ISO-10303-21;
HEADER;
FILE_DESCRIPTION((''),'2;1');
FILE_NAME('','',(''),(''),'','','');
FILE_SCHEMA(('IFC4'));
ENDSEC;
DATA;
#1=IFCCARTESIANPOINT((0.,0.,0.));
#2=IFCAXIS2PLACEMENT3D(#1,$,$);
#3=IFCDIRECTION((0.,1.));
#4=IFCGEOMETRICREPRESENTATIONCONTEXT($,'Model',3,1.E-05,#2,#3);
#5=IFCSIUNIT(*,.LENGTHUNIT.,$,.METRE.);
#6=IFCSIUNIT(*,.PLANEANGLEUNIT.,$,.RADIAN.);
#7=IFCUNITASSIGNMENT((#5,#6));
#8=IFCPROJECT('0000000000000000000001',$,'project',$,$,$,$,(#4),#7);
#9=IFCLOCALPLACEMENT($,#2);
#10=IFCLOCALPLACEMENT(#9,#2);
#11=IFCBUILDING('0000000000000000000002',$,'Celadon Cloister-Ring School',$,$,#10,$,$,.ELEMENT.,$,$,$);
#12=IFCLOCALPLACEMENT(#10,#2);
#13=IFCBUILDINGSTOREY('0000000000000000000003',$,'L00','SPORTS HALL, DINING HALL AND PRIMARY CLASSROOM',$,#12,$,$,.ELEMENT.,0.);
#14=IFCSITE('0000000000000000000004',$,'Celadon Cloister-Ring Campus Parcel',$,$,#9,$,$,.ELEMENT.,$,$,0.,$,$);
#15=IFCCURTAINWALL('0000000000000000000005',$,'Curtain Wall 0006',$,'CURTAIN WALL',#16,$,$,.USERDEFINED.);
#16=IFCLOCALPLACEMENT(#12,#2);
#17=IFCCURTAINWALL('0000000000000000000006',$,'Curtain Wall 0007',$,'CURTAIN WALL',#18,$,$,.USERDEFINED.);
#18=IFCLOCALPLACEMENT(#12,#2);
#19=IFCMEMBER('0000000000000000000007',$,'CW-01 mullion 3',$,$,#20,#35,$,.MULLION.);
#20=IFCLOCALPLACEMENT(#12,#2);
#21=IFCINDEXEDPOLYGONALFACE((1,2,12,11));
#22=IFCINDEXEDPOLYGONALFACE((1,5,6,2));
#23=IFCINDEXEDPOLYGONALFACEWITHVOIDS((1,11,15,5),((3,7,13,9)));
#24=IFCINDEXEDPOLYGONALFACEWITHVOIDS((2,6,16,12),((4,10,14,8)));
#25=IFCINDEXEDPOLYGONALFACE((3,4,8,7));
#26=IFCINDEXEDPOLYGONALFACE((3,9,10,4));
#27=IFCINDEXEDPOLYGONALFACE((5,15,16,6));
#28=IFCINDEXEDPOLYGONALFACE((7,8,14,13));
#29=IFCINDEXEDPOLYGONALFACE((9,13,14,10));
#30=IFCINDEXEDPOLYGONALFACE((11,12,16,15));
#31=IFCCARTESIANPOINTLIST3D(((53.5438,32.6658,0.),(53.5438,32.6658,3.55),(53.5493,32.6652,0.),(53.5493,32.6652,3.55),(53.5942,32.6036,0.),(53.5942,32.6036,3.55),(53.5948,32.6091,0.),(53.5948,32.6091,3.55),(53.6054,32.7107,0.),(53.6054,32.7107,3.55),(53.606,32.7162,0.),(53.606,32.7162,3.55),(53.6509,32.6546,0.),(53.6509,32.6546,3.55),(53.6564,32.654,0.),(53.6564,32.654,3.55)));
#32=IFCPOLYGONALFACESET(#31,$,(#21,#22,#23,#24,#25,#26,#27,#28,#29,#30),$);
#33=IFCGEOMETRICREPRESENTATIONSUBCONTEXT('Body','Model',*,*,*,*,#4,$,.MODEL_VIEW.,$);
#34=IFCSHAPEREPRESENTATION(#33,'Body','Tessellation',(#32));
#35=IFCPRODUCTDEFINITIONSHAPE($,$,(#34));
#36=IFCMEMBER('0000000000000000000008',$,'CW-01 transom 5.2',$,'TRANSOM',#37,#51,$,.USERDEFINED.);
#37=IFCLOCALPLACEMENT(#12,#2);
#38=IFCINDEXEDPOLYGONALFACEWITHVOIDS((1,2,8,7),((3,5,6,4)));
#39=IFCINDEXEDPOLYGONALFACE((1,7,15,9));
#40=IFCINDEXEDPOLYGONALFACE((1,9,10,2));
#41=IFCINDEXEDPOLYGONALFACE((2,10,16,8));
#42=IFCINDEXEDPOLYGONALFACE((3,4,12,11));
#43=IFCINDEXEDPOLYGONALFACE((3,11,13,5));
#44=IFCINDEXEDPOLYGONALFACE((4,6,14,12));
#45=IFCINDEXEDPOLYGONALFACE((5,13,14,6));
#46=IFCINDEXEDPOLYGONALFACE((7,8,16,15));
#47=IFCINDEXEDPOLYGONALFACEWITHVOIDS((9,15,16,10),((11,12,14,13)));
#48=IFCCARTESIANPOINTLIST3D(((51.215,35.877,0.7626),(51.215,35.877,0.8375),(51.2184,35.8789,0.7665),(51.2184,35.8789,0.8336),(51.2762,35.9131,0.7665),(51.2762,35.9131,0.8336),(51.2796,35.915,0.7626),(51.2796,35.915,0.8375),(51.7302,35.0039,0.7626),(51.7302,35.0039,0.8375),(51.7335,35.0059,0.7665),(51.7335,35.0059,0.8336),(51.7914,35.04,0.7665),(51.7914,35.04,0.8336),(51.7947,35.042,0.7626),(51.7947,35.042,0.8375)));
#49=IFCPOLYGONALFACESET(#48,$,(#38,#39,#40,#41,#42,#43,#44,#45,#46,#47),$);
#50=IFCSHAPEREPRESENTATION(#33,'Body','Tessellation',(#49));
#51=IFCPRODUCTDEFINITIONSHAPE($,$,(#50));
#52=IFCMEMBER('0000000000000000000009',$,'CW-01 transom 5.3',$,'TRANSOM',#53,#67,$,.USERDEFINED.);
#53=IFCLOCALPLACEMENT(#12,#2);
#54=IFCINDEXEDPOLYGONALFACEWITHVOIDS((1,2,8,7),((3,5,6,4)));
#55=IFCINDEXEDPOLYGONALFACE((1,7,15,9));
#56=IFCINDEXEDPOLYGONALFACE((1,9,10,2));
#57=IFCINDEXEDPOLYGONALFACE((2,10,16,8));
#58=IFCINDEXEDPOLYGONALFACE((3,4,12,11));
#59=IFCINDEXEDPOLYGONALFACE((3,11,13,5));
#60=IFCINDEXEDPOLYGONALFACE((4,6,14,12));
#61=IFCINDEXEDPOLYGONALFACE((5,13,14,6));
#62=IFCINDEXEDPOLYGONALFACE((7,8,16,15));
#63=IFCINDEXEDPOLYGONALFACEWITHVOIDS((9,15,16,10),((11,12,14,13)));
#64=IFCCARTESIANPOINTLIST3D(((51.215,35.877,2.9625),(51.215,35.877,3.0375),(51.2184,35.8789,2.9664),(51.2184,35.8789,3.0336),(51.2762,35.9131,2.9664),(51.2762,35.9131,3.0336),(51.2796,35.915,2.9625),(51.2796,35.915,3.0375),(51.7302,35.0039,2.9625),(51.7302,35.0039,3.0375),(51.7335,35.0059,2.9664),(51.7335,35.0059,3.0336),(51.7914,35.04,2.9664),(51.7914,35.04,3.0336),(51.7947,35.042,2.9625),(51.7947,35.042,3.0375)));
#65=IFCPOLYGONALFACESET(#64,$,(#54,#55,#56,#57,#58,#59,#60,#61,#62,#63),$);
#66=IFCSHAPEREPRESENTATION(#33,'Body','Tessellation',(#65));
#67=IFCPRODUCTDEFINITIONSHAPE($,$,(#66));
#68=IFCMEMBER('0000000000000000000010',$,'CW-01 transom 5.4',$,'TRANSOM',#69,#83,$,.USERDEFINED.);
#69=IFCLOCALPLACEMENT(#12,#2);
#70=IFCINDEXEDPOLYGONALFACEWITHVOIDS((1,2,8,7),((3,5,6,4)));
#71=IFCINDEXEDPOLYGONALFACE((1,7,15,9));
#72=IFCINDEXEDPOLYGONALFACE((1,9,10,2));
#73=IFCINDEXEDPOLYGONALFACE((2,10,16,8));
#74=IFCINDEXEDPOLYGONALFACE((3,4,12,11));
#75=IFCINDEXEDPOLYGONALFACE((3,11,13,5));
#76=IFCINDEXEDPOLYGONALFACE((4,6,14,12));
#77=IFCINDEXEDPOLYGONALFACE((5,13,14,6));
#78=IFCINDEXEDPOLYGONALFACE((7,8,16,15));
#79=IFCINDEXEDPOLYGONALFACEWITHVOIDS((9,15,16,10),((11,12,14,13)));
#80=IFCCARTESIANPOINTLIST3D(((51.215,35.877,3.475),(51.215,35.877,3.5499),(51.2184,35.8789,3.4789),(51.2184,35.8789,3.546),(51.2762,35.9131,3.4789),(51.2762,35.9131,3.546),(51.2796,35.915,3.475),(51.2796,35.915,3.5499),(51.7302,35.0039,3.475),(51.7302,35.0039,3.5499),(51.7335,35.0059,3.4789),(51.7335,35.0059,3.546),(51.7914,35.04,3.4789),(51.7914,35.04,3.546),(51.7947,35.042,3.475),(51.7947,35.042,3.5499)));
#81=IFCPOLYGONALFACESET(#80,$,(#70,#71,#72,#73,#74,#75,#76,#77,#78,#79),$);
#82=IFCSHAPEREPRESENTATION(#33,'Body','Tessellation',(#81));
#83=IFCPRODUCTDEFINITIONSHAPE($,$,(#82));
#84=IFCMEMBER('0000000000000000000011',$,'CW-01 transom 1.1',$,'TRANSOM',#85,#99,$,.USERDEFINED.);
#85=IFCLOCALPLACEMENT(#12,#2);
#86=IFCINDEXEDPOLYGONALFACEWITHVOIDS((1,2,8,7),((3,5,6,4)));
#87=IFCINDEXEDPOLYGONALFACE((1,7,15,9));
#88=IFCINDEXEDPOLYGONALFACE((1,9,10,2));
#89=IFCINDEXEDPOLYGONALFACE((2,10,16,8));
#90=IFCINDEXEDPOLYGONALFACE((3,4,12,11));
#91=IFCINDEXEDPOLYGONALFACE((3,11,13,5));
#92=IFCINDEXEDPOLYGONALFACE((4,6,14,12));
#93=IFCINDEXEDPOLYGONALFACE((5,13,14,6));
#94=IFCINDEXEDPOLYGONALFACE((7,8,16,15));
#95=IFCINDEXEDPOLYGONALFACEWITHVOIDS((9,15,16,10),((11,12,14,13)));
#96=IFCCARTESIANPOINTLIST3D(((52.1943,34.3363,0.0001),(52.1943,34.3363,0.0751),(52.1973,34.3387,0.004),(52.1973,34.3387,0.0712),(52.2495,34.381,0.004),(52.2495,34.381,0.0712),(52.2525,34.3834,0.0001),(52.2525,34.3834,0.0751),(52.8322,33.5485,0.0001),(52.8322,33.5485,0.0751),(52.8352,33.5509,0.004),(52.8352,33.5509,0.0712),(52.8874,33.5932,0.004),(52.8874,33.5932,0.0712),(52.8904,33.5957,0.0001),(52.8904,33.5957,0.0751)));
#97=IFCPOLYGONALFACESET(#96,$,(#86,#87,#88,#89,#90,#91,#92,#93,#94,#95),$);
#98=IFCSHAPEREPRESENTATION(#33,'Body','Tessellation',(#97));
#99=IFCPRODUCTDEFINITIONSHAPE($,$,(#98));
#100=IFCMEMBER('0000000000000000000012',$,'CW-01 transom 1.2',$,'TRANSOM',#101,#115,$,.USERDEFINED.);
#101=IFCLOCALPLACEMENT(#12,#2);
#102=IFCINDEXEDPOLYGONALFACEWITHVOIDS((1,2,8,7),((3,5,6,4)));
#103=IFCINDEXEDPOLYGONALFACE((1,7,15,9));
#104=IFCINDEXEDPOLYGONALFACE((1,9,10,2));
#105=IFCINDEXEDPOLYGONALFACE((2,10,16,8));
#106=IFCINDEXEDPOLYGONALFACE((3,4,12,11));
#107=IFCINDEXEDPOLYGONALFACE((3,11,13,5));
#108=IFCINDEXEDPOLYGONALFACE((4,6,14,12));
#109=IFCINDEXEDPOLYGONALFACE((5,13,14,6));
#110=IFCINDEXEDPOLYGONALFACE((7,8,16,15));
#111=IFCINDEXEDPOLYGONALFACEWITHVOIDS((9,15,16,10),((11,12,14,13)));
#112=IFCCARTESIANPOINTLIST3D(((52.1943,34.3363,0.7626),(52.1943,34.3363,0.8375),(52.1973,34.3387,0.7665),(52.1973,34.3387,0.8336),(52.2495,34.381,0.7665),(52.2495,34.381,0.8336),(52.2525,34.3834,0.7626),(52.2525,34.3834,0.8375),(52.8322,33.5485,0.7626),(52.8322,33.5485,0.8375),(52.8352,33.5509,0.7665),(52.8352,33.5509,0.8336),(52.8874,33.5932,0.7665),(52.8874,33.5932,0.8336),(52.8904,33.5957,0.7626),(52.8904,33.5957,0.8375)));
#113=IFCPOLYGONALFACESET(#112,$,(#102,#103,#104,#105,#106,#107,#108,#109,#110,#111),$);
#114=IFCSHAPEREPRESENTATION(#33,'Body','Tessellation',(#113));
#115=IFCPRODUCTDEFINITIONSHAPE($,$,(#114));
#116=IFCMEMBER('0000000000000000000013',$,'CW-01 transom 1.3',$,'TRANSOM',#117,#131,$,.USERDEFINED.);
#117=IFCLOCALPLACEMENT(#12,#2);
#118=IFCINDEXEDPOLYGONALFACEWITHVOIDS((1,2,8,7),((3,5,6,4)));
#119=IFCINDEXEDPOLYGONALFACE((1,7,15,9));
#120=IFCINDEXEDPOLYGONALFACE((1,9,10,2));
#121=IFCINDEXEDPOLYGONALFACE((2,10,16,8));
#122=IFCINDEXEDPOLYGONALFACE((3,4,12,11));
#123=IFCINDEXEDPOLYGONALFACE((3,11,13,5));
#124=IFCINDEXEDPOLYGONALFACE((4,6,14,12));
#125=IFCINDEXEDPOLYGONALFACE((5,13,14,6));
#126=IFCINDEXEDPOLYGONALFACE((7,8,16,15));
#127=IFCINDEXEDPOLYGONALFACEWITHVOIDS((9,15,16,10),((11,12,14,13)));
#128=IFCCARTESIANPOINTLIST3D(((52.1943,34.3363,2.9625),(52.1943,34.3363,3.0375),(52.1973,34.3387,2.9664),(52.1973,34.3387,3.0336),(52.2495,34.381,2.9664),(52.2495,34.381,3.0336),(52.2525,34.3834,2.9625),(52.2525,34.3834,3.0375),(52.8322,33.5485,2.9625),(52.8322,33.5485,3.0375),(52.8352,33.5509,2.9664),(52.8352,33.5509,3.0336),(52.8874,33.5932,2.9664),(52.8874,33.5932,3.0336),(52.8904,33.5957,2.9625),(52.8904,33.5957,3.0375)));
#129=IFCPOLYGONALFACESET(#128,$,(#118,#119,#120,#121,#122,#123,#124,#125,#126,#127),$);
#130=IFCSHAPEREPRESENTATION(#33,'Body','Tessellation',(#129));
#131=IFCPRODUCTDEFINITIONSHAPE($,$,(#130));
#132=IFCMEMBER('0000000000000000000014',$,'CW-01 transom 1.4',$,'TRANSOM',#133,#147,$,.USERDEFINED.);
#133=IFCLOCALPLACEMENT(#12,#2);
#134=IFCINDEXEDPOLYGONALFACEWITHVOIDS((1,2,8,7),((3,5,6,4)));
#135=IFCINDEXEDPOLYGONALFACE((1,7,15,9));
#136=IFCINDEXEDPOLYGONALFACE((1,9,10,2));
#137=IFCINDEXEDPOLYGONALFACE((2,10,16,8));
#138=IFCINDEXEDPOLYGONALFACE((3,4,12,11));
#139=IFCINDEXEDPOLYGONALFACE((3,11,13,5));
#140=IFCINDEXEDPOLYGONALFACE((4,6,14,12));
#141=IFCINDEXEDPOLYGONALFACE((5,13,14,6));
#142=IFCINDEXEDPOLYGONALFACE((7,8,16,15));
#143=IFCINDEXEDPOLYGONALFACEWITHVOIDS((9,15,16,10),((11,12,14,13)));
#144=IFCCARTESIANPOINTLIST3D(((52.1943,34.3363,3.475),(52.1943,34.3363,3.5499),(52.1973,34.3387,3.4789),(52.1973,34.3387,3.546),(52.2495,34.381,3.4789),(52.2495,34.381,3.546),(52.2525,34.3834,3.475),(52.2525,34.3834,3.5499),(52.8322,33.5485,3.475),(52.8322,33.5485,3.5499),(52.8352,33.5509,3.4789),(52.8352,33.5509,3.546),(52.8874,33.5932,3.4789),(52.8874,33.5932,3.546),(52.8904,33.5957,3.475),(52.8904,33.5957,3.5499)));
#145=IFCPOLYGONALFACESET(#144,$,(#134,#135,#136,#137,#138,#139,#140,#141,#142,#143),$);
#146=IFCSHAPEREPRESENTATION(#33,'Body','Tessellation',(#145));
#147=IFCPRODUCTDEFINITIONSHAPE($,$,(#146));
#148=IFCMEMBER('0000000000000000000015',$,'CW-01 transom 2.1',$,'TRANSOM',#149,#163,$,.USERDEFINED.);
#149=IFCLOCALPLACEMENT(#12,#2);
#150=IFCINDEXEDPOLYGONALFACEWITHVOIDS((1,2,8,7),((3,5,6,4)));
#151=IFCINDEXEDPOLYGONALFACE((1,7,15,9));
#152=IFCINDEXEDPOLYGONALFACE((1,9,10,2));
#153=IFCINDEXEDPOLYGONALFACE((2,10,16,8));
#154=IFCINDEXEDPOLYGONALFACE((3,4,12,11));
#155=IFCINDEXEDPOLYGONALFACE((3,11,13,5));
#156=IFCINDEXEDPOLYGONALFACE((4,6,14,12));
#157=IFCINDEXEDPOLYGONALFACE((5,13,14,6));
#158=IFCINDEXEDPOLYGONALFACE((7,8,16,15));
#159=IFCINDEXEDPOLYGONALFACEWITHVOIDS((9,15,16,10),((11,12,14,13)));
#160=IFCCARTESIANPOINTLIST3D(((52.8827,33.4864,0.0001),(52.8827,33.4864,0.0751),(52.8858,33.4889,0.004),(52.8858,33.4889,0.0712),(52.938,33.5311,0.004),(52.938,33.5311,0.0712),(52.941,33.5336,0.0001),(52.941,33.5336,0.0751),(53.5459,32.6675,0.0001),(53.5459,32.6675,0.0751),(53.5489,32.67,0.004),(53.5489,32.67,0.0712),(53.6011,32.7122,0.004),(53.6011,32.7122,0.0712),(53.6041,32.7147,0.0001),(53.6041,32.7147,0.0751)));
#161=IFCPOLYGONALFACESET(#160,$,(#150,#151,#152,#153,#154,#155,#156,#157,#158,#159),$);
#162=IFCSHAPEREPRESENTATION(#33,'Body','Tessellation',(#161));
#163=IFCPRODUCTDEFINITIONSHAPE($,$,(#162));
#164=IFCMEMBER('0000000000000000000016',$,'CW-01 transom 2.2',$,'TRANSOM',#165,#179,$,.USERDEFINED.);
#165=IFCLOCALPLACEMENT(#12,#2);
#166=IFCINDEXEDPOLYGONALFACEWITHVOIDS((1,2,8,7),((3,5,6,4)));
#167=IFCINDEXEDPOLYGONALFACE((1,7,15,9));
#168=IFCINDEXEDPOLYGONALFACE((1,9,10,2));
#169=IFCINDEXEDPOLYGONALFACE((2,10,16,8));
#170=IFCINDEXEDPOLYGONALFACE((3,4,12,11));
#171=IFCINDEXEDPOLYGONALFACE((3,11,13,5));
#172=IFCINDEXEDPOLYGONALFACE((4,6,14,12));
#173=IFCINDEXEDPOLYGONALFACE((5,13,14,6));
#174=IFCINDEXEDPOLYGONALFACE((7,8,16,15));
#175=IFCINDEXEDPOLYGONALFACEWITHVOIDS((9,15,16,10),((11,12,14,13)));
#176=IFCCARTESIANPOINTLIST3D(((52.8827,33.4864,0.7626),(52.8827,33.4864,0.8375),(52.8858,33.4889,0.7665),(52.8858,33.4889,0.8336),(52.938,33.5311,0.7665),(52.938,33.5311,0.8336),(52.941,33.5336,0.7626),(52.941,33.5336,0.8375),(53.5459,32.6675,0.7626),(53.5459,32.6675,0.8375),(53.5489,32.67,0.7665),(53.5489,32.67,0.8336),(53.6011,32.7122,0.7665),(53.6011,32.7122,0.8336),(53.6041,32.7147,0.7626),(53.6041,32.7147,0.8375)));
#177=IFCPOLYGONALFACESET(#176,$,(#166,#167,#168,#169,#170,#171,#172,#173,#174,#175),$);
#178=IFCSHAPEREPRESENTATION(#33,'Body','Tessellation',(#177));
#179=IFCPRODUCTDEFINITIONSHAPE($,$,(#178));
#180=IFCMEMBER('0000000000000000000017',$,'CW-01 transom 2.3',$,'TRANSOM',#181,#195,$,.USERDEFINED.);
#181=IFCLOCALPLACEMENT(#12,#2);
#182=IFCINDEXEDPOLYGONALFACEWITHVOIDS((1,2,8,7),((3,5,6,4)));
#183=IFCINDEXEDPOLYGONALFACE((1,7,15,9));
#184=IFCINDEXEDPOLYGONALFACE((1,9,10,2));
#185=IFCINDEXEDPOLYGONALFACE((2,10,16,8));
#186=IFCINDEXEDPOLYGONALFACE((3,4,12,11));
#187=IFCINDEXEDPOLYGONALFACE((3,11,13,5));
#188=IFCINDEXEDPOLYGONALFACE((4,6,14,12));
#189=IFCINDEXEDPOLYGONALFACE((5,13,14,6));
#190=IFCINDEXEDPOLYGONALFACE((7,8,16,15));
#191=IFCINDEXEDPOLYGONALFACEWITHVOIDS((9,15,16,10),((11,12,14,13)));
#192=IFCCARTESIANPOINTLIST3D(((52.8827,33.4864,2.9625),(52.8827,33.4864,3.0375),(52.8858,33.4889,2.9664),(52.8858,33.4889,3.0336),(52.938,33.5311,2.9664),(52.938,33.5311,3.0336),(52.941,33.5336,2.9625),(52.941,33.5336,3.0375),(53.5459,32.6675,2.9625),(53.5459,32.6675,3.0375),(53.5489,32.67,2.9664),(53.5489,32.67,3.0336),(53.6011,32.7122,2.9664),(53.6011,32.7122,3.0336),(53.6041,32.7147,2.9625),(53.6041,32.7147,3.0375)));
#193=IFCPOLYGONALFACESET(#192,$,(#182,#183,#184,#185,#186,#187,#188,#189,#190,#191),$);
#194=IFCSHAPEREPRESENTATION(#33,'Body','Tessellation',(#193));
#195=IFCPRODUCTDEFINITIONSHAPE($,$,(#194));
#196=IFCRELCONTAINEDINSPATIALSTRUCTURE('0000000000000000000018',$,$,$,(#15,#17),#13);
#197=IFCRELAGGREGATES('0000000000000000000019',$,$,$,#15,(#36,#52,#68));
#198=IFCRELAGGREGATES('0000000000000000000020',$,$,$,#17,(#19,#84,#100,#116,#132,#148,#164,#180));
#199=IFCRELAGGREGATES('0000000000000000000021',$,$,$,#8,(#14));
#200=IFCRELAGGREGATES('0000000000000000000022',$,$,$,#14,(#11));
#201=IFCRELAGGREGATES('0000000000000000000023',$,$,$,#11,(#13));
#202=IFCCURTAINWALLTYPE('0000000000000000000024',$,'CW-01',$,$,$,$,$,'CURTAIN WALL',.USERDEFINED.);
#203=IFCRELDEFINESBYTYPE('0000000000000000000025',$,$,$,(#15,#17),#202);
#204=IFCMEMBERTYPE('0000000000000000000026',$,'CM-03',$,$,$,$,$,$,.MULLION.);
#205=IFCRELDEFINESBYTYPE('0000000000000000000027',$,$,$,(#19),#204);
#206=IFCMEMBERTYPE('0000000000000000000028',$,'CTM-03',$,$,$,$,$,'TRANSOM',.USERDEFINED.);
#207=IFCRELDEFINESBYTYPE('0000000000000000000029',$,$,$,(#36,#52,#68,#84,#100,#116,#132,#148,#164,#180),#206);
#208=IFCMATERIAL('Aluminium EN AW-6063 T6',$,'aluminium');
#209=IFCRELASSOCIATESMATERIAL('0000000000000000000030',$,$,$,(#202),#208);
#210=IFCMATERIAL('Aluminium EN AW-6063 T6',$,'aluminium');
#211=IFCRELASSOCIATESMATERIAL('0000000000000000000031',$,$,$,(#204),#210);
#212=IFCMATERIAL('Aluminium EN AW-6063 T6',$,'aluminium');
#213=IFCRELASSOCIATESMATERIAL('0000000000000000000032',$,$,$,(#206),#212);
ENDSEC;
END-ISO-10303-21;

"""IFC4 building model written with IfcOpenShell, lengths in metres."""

from ifc_helpers import new_model, si_unit, direction, frame, origin, origin_2d, place, context, subcontext, project, spatial, hollow_rectangle, extrude, material, material_profile, profile_set, type_object, element, aggregate, save


model = new_model("IFC4")

# Units and contexts
model_context = context("Model", 3, precision=1e-05, world=origin(), true_north=direction((0.0, 1.0)))
body_context = subcontext(model_context, "Body", "Model", "MODEL_VIEW")
ifc_project = project(units=[si_unit("LENGTHUNIT", "METRE"), si_unit("PLANEANGLEUNIT", "RADIAN")], contexts=[model_context])

# Site, building, storey
site_placement = place(None, origin())
site = spatial("IfcSite", under=ifc_project, at=site_placement, Name="Celadon Cloister-Ring Campus Parcel", CompositionType="ELEMENT", RefElevation=0.0)
building_placement = place(site_placement, origin())
building = spatial("IfcBuilding", under=site, at=building_placement, Name="Celadon Cloister-Ring School", CompositionType="ELEMENT")
storey_placement = place(building_placement, origin())
storey = spatial("IfcBuildingStorey", under=building, at=storey_placement, Name="L00", Description="SPORTS HALL, DINING HALL AND PRIMARY CLASSROOM", CompositionType="ELEMENT", Elevation=0.0)

# Curtain wall
ifc_material_1 = material(Name="Aluminium EN AW-6063 T6", Category="aluminium")
curtain_wall_type = type_object("IfcCurtainWallType", Name="CW-01", ElementType="CURTAIN WALL", PredefinedType="USERDEFINED", material=ifc_material_1)
curtain_wall_1_placement = place(storey_placement, origin())
curtain_wall_1 = element("IfcCurtainWall", 1, at=curtain_wall_1_placement, inside=storey, type_object=curtain_wall_type, Name="Curtain Wall 0006", ObjectType="CURTAIN WALL", PredefinedType="USERDEFINED")
ifc_material_2 = material(Name="Aluminium EN AW-6063 T6", Category="aluminium")
ifc_material_profile_1 = material_profile(ifc_material_2, hollow_rectangle(XDim=0.0801, YDim=0.0801, WallThickness=0.0039, at=origin_2d()), Name="RHS80X80X4")
ifc_profile_set_1 = profile_set([ifc_material_profile_1], Name="Aluminium EN AW-6063 T6")
member_type_1 = type_object("IfcMemberType", Name="CM-03", PredefinedType="MULLION", material=ifc_profile_set_1)

# Curtain wall, member
curtain_wall_2_placement = place(storey_placement, origin())
curtain_wall_2 = element("IfcCurtainWall", 2, at=curtain_wall_2_placement, inside=storey, type_object=curtain_wall_type, Name="Curtain Wall 0007", ObjectType="CURTAIN WALL", PredefinedType="USERDEFINED")
member_1_placement = place(storey_placement, frame((53.6001, 32.6599, 0.0), z_axis=(0.0, 0.0, 1.0), x_axis=(0.777068, 0.629416, 0.0)))
member_1 = element("IfcMember", 3, at=member_1_placement, type_object=member_type_1, Name="CW-01 mullion 3", PredefinedType="MULLION", context=body_context, shape_type="SweptSolid", body=[
    extrude(hollow_rectangle(XDim=0.0801, YDim=0.0801, WallThickness=0.0039, at=origin_2d()), origin(), (0.0, 0.0, 1.0), 3.55),
])

# Members
ifc_material_3 = material(Name="Aluminium EN AW-6063 T6", Category="aluminium")
ifc_material_profile_2 = material_profile(ifc_material_3, hollow_rectangle(XDim=0.075, YDim=0.075, WallThickness=0.0039, at=origin_2d()), Name="RHS75X75X4")
ifc_profile_set_2 = profile_set([ifc_material_profile_2], Name="Aluminium EN AW-6063 T6")
member_type_2 = type_object("IfcMemberType", Name="CTM-03", ElementType="TRANSOM", PredefinedType="USERDEFINED", material=ifc_profile_set_2)
member_2_placement = place(storey_placement, frame((51.2473, 35.896, 0.8), z_axis=(0.508177, -0.861252, 0.0), x_axis=(0.861252, 0.508177, 0.0)))
member_2 = element("IfcMember", 4, at=member_2_placement, type_object=member_type_2, Name="CW-01 transom 5.2", ObjectType="TRANSOM", PredefinedType="USERDEFINED", context=body_context, shape_type="SweptSolid", body=[
    extrude(hollow_rectangle(XDim=0.075, YDim=0.075, WallThickness=0.0039, at=origin_2d()), origin(), (0.0, 0.0, 1.0), 1.0137),
])
member_3_placement = place(storey_placement, frame((51.2473, 35.896, 3.0), z_axis=(0.508177, -0.861252, 0.0), x_axis=(0.861252, 0.508177, 0.0)))
member_3 = element("IfcMember", 5, at=member_3_placement, type_object=member_type_2, Name="CW-01 transom 5.3", ObjectType="TRANSOM", PredefinedType="USERDEFINED", context=body_context, shape_type="SweptSolid", body=[
    extrude(hollow_rectangle(XDim=0.075, YDim=0.075, WallThickness=0.0039, at=origin_2d()), origin(), (0.0, 0.0, 1.0), 1.0137),
])
member_4_placement = place(storey_placement, frame((51.2473, 35.896, 3.5125), z_axis=(0.508177, -0.861252, 0.0), x_axis=(0.861252, 0.508177, 0.0)))
member_4 = element("IfcMember", 6, at=member_4_placement, type_object=member_type_2, Name="CW-01 transom 5.4", ObjectType="TRANSOM", PredefinedType="USERDEFINED", context=body_context, shape_type="SweptSolid", body=[
    extrude(hollow_rectangle(XDim=0.075, YDim=0.075, WallThickness=0.0039, at=origin_2d()), origin(), (0.0, 0.0, 1.0), 1.0137),
])
member_5_placement = place(storey_placement, frame((52.2234, 34.3599, 0.0376), z_axis=(0.629295, -0.777166, 0.0), x_axis=(0.777166, 0.629295, 0.0)))
member_5 = element("IfcMember", 7, at=member_5_placement, type_object=member_type_2, Name="CW-01 transom 1.1", ObjectType="TRANSOM", PredefinedType="USERDEFINED", context=body_context, shape_type="SweptSolid", body=[
    extrude(hollow_rectangle(XDim=0.075, YDim=0.075, WallThickness=0.0039, at=origin_2d()), origin(), (0.0, 0.0, 1.0), 1.0137),
])
member_6_placement = place(storey_placement, frame((52.2234, 34.3599, 0.8), z_axis=(0.629295, -0.777166, 0.0), x_axis=(0.777166, 0.629295, 0.0)))
member_6 = element("IfcMember", 8, at=member_6_placement, type_object=member_type_2, Name="CW-01 transom 1.2", ObjectType="TRANSOM", PredefinedType="USERDEFINED", context=body_context, shape_type="SweptSolid", body=[
    extrude(hollow_rectangle(XDim=0.075, YDim=0.075, WallThickness=0.0039, at=origin_2d()), origin(), (0.0, 0.0, 1.0), 1.0137),
])
member_7_placement = place(storey_placement, frame((52.2234, 34.3599, 3.0), z_axis=(0.629295, -0.777166, 0.0), x_axis=(0.777166, 0.629295, 0.0)))
member_7 = element("IfcMember", 9, at=member_7_placement, type_object=member_type_2, Name="CW-01 transom 1.3", ObjectType="TRANSOM", PredefinedType="USERDEFINED", context=body_context, shape_type="SweptSolid", body=[
    extrude(hollow_rectangle(XDim=0.075, YDim=0.075, WallThickness=0.0039, at=origin_2d()), origin(), (0.0, 0.0, 1.0), 1.0137),
])
member_8_placement = place(storey_placement, frame((52.2234, 34.3599, 3.5125), z_axis=(0.629295, -0.777166, 0.0), x_axis=(0.777166, 0.629295, 0.0)))
member_8 = element("IfcMember", 10, at=member_8_placement, type_object=member_type_2, Name="CW-01 transom 1.4", ObjectType="TRANSOM", PredefinedType="USERDEFINED", context=body_context, shape_type="SweptSolid", body=[
    extrude(hollow_rectangle(XDim=0.075, YDim=0.075, WallThickness=0.0039, at=origin_2d()), origin(), (0.0, 0.0, 1.0), 1.0137),
])
member_9_placement = place(storey_placement, frame((52.9119, 33.51, 0.0376), z_axis=(0.629318, -0.777148, 0.0), x_axis=(0.777148, 0.629318, 0.0)))
member_9 = element("IfcMember", 11, at=member_9_placement, type_object=member_type_2, Name="CW-01 transom 2.1", ObjectType="TRANSOM", PredefinedType="USERDEFINED", context=body_context, shape_type="SweptSolid", body=[
    extrude(hollow_rectangle(XDim=0.075, YDim=0.075, WallThickness=0.0039, at=origin_2d()), origin(), (0.0, 0.0, 1.0), 1.0537),
])
member_10_placement = place(storey_placement, frame((52.9119, 33.51, 0.8), z_axis=(0.629318, -0.777148, 0.0), x_axis=(0.777148, 0.629318, 0.0)))
member_10 = element("IfcMember", 12, at=member_10_placement, type_object=member_type_2, Name="CW-01 transom 2.2", ObjectType="TRANSOM", PredefinedType="USERDEFINED", context=body_context, shape_type="SweptSolid", body=[
    extrude(hollow_rectangle(XDim=0.075, YDim=0.075, WallThickness=0.0039, at=origin_2d()), origin(), (0.0, 0.0, 1.0), 1.0537),
])
member_11_placement = place(storey_placement, frame((52.9119, 33.51, 3.0), z_axis=(0.629318, -0.777148, 0.0), x_axis=(0.777148, 0.629318, 0.0)))
member_11 = element("IfcMember", 13, at=member_11_placement, type_object=member_type_2, Name="CW-01 transom 2.3", ObjectType="TRANSOM", PredefinedType="USERDEFINED", context=body_context, shape_type="SweptSolid", body=[
    extrude(hollow_rectangle(XDim=0.075, YDim=0.075, WallThickness=0.0039, at=origin_2d()), origin(), (0.0, 0.0, 1.0), 1.0537),
])

aggregate(curtain_wall_1, [member_2, member_3, member_4])
aggregate(curtain_wall_2, [member_1, member_5, member_6, member_7, member_8, member_9, member_10, member_11])

save(model, "model.ifc")
